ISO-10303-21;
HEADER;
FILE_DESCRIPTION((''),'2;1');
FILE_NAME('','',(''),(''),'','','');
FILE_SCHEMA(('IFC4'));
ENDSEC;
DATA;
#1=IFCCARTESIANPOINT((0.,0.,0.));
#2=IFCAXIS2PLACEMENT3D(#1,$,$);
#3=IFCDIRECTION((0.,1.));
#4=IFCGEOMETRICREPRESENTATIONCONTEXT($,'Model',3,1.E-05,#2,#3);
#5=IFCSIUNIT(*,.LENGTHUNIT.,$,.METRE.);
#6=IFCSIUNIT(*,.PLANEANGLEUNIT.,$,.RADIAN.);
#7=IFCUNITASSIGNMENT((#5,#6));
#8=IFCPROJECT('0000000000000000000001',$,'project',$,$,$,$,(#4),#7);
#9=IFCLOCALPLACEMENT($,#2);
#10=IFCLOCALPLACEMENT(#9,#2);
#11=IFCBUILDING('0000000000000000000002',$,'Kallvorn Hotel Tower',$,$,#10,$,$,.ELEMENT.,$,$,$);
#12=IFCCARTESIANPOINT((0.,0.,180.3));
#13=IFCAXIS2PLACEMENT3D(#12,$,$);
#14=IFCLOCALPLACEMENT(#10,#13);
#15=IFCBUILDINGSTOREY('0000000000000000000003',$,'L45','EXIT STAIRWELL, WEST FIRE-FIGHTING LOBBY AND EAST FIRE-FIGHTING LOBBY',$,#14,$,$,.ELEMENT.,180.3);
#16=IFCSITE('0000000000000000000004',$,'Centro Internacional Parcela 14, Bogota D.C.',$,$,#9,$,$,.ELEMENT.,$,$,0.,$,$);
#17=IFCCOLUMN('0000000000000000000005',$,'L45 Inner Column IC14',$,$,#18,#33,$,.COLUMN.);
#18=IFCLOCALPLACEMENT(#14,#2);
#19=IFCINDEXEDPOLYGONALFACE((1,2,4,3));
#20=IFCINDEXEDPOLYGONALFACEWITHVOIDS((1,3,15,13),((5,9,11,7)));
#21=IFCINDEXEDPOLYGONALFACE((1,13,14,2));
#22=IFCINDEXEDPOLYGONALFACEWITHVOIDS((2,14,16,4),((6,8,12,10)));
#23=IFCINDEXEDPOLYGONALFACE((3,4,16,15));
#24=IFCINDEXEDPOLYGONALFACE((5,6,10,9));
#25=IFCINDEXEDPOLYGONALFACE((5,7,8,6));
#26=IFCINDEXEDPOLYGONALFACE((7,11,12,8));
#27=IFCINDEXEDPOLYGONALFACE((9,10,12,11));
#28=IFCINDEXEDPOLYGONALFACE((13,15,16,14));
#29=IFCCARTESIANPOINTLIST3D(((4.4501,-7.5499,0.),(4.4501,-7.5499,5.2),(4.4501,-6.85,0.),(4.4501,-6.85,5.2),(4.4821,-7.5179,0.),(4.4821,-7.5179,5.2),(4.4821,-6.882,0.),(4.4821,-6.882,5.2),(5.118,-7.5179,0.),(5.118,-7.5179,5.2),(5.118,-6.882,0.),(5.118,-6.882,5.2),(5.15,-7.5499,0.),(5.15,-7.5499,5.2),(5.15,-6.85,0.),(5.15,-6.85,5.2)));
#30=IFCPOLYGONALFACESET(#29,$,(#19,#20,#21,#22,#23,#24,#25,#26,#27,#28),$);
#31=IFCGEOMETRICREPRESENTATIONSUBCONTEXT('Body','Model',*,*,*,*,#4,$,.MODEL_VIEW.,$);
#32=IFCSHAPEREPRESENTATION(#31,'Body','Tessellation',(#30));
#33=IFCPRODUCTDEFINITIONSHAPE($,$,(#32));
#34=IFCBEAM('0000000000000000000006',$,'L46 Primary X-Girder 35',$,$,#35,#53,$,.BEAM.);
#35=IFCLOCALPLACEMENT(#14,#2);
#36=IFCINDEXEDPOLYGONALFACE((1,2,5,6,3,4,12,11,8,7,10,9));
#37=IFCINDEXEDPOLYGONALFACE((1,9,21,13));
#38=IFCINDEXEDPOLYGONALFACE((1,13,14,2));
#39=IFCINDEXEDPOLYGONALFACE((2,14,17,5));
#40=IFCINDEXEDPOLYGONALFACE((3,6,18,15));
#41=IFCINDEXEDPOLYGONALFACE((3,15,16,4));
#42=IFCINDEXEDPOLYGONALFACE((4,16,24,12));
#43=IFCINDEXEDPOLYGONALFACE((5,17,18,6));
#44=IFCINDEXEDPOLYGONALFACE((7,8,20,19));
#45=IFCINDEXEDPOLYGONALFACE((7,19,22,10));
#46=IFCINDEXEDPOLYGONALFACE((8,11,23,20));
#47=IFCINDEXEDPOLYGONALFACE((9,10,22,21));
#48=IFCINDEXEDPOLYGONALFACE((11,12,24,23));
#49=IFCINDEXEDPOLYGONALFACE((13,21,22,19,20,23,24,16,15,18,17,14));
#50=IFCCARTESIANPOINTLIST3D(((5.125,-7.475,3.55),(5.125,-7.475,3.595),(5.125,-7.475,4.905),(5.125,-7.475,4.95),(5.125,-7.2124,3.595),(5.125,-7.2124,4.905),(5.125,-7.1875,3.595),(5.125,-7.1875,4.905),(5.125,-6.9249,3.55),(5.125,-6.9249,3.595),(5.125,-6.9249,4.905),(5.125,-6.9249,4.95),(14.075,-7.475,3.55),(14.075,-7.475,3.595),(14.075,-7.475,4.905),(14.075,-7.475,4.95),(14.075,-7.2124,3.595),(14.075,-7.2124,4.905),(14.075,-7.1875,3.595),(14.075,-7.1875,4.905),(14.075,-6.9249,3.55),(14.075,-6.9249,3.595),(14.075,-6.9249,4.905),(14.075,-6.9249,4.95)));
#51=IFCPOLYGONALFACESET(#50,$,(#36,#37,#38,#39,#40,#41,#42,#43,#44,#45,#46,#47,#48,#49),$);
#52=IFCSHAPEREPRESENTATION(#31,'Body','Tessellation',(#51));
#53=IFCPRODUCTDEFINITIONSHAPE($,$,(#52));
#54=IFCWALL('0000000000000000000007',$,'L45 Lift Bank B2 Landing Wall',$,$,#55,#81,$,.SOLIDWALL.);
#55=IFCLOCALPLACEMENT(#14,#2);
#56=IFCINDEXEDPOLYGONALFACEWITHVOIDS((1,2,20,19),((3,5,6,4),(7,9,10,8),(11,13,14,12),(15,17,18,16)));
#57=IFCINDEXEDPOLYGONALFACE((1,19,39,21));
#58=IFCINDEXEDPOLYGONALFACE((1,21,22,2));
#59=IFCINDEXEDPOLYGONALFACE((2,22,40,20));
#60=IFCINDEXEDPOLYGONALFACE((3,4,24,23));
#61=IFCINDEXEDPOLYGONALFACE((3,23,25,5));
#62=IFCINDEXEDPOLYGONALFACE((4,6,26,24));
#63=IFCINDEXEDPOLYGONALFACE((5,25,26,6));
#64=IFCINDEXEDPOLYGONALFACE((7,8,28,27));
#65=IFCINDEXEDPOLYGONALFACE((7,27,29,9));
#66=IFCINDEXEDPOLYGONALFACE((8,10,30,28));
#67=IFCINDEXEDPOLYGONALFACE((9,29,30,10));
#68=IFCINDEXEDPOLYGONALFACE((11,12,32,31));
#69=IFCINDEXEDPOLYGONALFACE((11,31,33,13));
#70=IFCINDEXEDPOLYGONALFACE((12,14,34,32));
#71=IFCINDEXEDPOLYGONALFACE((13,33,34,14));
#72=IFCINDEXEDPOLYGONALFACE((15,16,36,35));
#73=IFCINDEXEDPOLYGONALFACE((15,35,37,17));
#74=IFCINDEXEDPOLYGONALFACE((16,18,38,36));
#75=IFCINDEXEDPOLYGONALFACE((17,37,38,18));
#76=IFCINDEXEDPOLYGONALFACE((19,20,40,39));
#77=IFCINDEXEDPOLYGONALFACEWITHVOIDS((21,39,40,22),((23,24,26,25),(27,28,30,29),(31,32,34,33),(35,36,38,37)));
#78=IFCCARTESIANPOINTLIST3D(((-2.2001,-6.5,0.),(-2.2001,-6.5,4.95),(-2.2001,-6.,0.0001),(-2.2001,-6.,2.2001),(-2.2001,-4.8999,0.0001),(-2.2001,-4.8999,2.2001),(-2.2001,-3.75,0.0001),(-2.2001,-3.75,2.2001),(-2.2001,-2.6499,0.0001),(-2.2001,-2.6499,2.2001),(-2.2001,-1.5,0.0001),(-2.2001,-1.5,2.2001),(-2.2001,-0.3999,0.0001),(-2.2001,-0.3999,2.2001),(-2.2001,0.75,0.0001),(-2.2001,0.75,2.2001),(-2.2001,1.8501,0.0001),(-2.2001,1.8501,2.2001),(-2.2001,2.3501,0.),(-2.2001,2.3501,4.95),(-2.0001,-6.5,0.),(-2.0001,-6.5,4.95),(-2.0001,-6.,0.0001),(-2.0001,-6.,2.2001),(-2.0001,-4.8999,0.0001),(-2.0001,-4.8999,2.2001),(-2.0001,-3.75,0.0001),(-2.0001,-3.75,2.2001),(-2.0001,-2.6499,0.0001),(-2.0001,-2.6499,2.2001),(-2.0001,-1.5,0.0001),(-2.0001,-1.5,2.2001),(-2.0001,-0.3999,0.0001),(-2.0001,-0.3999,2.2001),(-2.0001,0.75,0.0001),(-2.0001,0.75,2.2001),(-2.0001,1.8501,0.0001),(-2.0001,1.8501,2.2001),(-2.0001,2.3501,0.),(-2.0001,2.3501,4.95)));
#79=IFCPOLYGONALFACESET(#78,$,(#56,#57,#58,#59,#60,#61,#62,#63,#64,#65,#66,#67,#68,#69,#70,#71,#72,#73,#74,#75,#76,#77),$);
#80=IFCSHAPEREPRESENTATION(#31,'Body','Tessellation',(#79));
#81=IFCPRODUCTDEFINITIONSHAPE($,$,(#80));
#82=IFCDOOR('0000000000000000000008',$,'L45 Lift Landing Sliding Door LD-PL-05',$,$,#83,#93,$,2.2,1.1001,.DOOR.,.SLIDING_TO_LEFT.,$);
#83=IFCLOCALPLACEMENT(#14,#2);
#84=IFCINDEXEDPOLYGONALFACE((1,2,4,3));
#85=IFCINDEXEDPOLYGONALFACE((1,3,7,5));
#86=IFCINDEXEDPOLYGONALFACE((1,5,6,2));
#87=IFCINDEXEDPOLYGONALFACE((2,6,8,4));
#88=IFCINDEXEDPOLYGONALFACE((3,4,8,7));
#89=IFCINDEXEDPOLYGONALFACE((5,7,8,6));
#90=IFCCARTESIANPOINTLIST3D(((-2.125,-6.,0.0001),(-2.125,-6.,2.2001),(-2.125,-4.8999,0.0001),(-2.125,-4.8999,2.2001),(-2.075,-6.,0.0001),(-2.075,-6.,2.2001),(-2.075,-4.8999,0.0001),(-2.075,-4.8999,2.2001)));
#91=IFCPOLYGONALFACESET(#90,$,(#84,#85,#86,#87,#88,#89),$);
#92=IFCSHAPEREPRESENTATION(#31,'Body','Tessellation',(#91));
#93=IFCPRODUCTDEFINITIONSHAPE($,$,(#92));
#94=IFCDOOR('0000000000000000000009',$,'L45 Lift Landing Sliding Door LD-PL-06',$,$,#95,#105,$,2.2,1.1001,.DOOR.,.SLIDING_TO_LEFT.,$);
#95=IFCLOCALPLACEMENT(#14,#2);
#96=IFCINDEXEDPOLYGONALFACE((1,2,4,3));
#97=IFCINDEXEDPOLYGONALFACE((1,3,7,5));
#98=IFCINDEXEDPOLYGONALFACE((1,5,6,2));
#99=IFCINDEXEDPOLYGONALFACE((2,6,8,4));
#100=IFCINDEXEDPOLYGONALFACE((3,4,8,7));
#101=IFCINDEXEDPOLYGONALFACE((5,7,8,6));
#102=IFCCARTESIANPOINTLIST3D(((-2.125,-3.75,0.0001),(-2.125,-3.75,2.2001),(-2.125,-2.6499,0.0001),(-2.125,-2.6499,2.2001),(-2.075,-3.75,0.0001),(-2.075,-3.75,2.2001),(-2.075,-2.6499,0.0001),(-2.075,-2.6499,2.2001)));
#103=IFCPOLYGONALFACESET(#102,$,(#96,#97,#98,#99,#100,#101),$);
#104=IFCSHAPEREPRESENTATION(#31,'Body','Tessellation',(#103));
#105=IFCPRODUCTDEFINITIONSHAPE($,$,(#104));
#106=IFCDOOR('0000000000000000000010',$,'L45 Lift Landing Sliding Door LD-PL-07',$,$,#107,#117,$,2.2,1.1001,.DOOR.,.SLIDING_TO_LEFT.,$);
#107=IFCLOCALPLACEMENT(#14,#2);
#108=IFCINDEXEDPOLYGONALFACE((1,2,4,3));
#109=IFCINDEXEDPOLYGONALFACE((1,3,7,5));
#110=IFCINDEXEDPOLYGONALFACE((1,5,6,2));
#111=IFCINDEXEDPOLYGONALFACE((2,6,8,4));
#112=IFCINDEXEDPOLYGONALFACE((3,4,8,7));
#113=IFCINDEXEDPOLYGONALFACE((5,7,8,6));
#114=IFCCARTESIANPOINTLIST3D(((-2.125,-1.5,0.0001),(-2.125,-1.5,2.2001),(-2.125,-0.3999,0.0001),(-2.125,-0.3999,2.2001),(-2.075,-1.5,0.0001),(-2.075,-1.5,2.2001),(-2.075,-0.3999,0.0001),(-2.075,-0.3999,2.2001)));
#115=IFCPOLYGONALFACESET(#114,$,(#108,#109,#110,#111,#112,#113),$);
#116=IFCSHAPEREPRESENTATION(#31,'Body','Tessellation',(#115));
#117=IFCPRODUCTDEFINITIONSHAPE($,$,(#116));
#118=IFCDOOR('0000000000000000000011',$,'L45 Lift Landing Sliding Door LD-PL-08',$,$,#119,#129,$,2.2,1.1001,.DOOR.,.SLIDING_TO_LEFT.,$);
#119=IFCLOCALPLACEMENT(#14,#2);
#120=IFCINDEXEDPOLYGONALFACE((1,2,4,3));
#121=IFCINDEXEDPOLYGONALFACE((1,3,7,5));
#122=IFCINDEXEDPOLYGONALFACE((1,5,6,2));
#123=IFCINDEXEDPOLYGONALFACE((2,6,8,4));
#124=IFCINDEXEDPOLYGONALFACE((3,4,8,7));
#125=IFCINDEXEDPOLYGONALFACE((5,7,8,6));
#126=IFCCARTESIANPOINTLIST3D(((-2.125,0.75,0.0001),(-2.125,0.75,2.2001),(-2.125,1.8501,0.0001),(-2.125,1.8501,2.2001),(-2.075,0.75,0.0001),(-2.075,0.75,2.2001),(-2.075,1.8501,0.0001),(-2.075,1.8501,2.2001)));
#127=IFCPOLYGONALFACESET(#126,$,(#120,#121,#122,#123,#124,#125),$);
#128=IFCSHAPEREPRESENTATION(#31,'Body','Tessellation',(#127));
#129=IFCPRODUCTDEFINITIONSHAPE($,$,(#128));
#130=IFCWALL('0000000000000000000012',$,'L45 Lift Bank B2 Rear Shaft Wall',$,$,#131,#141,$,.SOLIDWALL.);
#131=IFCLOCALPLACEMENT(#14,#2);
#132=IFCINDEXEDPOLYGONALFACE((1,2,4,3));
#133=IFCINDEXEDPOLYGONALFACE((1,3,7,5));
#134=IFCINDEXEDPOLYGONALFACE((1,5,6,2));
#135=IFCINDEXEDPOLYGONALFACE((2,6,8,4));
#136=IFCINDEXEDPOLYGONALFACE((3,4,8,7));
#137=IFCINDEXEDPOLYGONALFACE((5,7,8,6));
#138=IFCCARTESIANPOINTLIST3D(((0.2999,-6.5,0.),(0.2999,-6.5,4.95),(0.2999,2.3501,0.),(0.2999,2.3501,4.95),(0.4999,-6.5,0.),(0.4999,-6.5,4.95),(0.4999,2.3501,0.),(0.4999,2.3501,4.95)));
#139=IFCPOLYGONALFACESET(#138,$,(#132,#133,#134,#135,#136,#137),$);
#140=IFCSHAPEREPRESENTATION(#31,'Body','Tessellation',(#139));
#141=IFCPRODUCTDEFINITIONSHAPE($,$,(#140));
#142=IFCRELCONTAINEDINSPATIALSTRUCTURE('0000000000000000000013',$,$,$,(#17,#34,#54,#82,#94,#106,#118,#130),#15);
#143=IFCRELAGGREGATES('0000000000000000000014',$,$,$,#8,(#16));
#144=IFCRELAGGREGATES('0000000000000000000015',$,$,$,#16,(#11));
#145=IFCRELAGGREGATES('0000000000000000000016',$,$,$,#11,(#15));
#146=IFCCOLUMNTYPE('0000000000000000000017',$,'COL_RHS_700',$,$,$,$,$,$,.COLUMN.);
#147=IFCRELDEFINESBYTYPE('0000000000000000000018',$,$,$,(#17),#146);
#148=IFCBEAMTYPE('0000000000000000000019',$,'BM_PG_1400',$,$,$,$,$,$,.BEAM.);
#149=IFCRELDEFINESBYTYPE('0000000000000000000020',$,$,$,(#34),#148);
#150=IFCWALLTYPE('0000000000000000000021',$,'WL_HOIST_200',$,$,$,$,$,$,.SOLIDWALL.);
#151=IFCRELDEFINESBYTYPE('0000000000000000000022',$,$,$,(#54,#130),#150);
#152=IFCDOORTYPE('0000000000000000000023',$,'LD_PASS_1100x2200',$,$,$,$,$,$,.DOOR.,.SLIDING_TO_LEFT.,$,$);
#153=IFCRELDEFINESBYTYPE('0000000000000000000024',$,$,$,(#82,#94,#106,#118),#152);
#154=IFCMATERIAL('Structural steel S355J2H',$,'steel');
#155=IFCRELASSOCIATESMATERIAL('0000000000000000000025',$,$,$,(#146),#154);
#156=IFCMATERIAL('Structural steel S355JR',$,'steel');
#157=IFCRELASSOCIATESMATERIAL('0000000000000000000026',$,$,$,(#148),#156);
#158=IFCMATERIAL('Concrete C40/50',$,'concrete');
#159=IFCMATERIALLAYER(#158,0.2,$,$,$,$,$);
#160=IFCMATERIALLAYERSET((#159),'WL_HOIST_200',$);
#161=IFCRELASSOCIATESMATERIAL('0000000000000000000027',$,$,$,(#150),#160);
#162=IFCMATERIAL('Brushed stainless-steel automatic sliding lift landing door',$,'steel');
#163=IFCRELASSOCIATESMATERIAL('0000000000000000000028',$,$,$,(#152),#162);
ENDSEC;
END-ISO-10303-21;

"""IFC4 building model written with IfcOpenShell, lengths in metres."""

from ifc_helpers import new_model, si_unit, direction, frame, frame_2d, origin, origin_2d, place, context, subcontext, project, spatial, rectangle, hollow_rectangle, i_section, extrude, material, layer, layer_set, material_profile, profile_set, type_object, element, fill, save


model = new_model("IFC4")

# Units and contexts
model_context = context("Model", 3, precision=1e-05, world=origin(), true_north=direction((0.0, 1.0)))
body_context = subcontext(model_context, "Body", "Model", "MODEL_VIEW")
ifc_project = project(units=[si_unit("LENGTHUNIT", "METRE"), si_unit("PLANEANGLEUNIT", "RADIAN")], contexts=[model_context])

# Site, building, storey
site_placement = place(None, origin())
site = spatial("IfcSite", under=ifc_project, at=site_placement, Name="Centro Internacional Parcela 14, Bogota D.C.", CompositionType="ELEMENT", RefElevation=0.0)
building_placement = place(site_placement, origin())
building = spatial("IfcBuilding", under=site, at=building_placement, Name="Kallvorn Hotel Tower", CompositionType="ELEMENT")
storey_placement = place(building_placement, frame((0.0, 0.0, 180.3)))
storey = spatial("IfcBuildingStorey", under=building, at=storey_placement, Name="L45", Description="EXIT STAIRWELL, WEST FIRE-FIGHTING LOBBY AND EAST FIRE-FIGHTING LOBBY", CompositionType="ELEMENT", Elevation=180.3)

# Column
ifc_material_1 = material(Name="Structural steel S355J2H", Category="steel")
ifc_material_profile_1 = material_profile(ifc_material_1, hollow_rectangle(XDim=0.7, YDim=0.7, WallThickness=0.032, at=origin_2d()), Name="RHS 700x700x32")
ifc_profile_set_1 = profile_set([ifc_material_profile_1], Name="Structural steel S355J2H")
column_type = type_object("IfcColumnType", Name="COL_RHS_700", PredefinedType="COLUMN", material=ifc_profile_set_1)
column_placement = place(storey_placement, frame((4.8, -7.2, 0.0), z_axis=(0.0, 0.0, 1.0), x_axis=(1.0, 0.0, 0.0)))
element("IfcColumn", 1, at=column_placement, inside=storey, type_object=column_type, Name="L45 Inner Column IC14", PredefinedType="COLUMN", context=body_context, shape_type="SweptSolid", body=[
    extrude(hollow_rectangle(XDim=0.7, YDim=0.7, WallThickness=0.032, at=origin_2d()), origin(), (0.0, 0.0, 1.0), 5.2),
])

# Beam
ifc_material_2 = material(Name="Structural steel S355JR", Category="steel")
ifc_material_profile_2 = material_profile(ifc_material_2, i_section(OverallWidth=0.55, OverallDepth=1.3999, WebThickness=0.0249, FlangeThickness=0.0449, at=origin_2d()), Name="PG 1400x550x25x45")
ifc_profile_set_2 = profile_set([ifc_material_profile_2], Name="Structural steel S355JR")
beam_type = type_object("IfcBeamType", Name="BM_PG_1400", PredefinedType="BEAM", material=ifc_profile_set_2)
beam_placement = place(storey_placement, frame((5.125, -7.2, 4.25), z_axis=(1.0, 0.0, 0.0), x_axis=(0.0, 1.0, 0.0)))
element("IfcBeam", 2, at=beam_placement, inside=storey, type_object=beam_type, Name="L46 Primary X-Girder 35", PredefinedType="BEAM", context=body_context, shape_type="SweptSolid", body=[
    extrude(i_section(OverallWidth=0.55, OverallDepth=1.3999, WebThickness=0.0249, FlangeThickness=0.0449, at=origin_2d()), origin(), (0.0, 0.0, 1.0), 8.95),
])

# Wall, openings, doors
ifc_material_3 = material(Name="Concrete C40/50", Category="concrete")
ifc_layer_1 = layer(ifc_material_3, 0.2)
ifc_layer_set_1 = layer_set([ifc_layer_1], Name="WL_HOIST_200")
wall_type_1 = type_object("IfcWallType", Name="WL_HOIST_200", PredefinedType="SOLIDWALL", material=ifc_layer_set_1)
wall_1_placement = place(storey_placement, frame((-2.1001, -6.5, 0.0), z_axis=(0.0, 0.0, 1.0), x_axis=(0.0, 1.0, 0.0)))
wall_1 = element("IfcWall", 3, at=wall_1_placement, inside=storey, type_object=wall_type_1, Name="L45 Lift Bank B2 Landing Wall", PredefinedType="SOLIDWALL", context=body_context, shape_type="SweptSolid", body=[
    extrude(rectangle(XDim=8.8501, YDim=0.2, at=frame_2d((4.425, 0.0))), origin(), (0.0, 0.0, 1.0), 4.95),
])
opening_1_placement = place(wall_1_placement, frame((0.5, 0.0, 0.0)))
opening_1 = element("IfcOpeningElement", 4, at=opening_1_placement, cuts=wall_1, PredefinedType="OPENING", context=body_context, shape_type="SweptSolid", body=[
    extrude(rectangle(XDim=1.1001, YDim=2.2, at=frame_2d((0.55, 1.1001))), frame((0.0, 0.115, 0.0), z_axis=(0.0, -1.0, 0.0), x_axis=(1.0, 0.0, 0.0)), (0.0, 0.0, 1.0), 0.23),
])
opening_2_placement = place(wall_1_placement, frame((2.75, 0.0, 0.0)))
opening_2 = element("IfcOpeningElement", 5, at=opening_2_placement, cuts=wall_1, PredefinedType="OPENING", context=body_context, shape_type="SweptSolid", body=[
    extrude(rectangle(XDim=1.1001, YDim=2.2, at=frame_2d((0.55, 1.1001))), frame((0.0, 0.115, 0.0), z_axis=(0.0, -1.0, 0.0), x_axis=(1.0, 0.0, 0.0)), (0.0, 0.0, 1.0), 0.23),
])
opening_3_placement = place(wall_1_placement, frame((5.0, 0.0, 0.0)))
opening_3 = element("IfcOpeningElement", 6, at=opening_3_placement, cuts=wall_1, PredefinedType="OPENING", context=body_context, shape_type="SweptSolid", body=[
    extrude(rectangle(XDim=1.1001, YDim=2.2, at=frame_2d((0.55, 1.1001))), frame((0.0, 0.115, 0.0), z_axis=(0.0, -1.0, 0.0), x_axis=(1.0, 0.0, 0.0)), (0.0, 0.0, 1.0), 0.23),
])
opening_4_placement = place(wall_1_placement, frame((7.25, 0.0, 0.0)))
opening_4 = element("IfcOpeningElement", 7, at=opening_4_placement, cuts=wall_1, PredefinedType="OPENING", context=body_context, shape_type="SweptSolid", body=[
    extrude(rectangle(XDim=1.1001, YDim=2.2, at=frame_2d((0.55, 1.1001))), frame((0.0, 0.115, 0.0), z_axis=(0.0, -1.0, 0.0), x_axis=(1.0, 0.0, 0.0)), (0.0, 0.0, 1.0), 0.23),
])
ifc_material_4 = material(Name="Brushed stainless-steel automatic sliding lift landing door", Category="steel")
door_type_1 = type_object("IfcDoorType", Name="LD_PASS_1100x2200", OperationType="SLIDING_TO_LEFT", PredefinedType="DOOR", material=ifc_material_4)
door_1_placement = place(opening_1_placement, origin())
door_1 = element("IfcDoor", 8, at=door_1_placement, inside=storey, type_object=door_type_1, Name="L45 Lift Landing Sliding Door LD-PL-05", OperationType="SLIDING_TO_LEFT", OverallHeight=2.2, OverallWidth=1.1001, PredefinedType="DOOR", context=body_context, shape_type="SweptSolid", body=[
    extrude(rectangle(XDim=1.1001, YDim=2.2, at=frame_2d((0.55, 1.1001))), frame((0.0, 0.0249, 0.0), z_axis=(0.0, -1.0, 0.0), x_axis=(1.0, 0.0, 0.0)), (0.0, 0.0, 1.0), 0.05),
])
fill(opening_1, door_1)
door_2_placement = place(opening_2_placement, origin())
door_2 = element("IfcDoor", 9, at=door_2_placement, inside=storey, type_object=door_type_1, Name="L45 Lift Landing Sliding Door LD-PL-06", OperationType="SLIDING_TO_LEFT", OverallHeight=2.2, OverallWidth=1.1001, PredefinedType="DOOR", context=body_context, shape_type="SweptSolid", body=[
    extrude(rectangle(XDim=1.1001, YDim=2.2, at=frame_2d((0.55, 1.1001))), frame((0.0, 0.0249, 0.0), z_axis=(0.0, -1.0, 0.0), x_axis=(1.0, 0.0, 0.0)), (0.0, 0.0, 1.0), 0.05),
])
fill(opening_2, door_2)
door_3_placement = place(opening_3_placement, origin())
door_3 = element("IfcDoor", 10, at=door_3_placement, inside=storey, type_object=door_type_1, Name="L45 Lift Landing Sliding Door LD-PL-07", OperationType="SLIDING_TO_LEFT", OverallHeight=2.2, OverallWidth=1.1001, PredefinedType="DOOR", context=body_context, shape_type="SweptSolid", body=[
    extrude(rectangle(XDim=1.1001, YDim=2.2, at=frame_2d((0.55, 1.1001))), frame((0.0, 0.0249, 0.0), z_axis=(0.0, -1.0, 0.0), x_axis=(1.0, 0.0, 0.0)), (0.0, 0.0, 1.0), 0.05),
])
fill(opening_3, door_3)
door_4_placement = place(opening_4_placement, origin())
door_4 = element("IfcDoor", 11, at=door_4_placement, inside=storey, type_object=door_type_1, Name="L45 Lift Landing Sliding Door LD-PL-08", OperationType="SLIDING_TO_LEFT", OverallHeight=2.2, OverallWidth=1.1001, PredefinedType="DOOR", context=body_context, shape_type="SweptSolid", body=[
    extrude(rectangle(XDim=1.1001, YDim=2.2, at=frame_2d((0.55, 1.1001))), frame((0.0, 0.0249, 0.0), z_axis=(0.0, -1.0, 0.0), x_axis=(1.0, 0.0, 0.0)), (0.0, 0.0, 1.0), 0.05),
])
fill(opening_4, door_4)

# Wall
wall_2_placement = place(storey_placement, frame((0.3999, -6.5, 0.0), z_axis=(0.0, 0.0, 1.0), x_axis=(0.0, 1.0, 0.0)))
element("IfcWall", 12, at=wall_2_placement, inside=storey, type_object=wall_type_1, Name="L45 Lift Bank B2 Rear Shaft Wall", PredefinedType="SOLIDWALL", context=body_context, shape_type="SweptSolid", body=[
    extrude(rectangle(XDim=8.8501, YDim=0.2, at=frame_2d((4.425, 0.0))), origin(), (0.0, 0.0, 1.0), 4.95),
])

save(model, "model.ifc")
